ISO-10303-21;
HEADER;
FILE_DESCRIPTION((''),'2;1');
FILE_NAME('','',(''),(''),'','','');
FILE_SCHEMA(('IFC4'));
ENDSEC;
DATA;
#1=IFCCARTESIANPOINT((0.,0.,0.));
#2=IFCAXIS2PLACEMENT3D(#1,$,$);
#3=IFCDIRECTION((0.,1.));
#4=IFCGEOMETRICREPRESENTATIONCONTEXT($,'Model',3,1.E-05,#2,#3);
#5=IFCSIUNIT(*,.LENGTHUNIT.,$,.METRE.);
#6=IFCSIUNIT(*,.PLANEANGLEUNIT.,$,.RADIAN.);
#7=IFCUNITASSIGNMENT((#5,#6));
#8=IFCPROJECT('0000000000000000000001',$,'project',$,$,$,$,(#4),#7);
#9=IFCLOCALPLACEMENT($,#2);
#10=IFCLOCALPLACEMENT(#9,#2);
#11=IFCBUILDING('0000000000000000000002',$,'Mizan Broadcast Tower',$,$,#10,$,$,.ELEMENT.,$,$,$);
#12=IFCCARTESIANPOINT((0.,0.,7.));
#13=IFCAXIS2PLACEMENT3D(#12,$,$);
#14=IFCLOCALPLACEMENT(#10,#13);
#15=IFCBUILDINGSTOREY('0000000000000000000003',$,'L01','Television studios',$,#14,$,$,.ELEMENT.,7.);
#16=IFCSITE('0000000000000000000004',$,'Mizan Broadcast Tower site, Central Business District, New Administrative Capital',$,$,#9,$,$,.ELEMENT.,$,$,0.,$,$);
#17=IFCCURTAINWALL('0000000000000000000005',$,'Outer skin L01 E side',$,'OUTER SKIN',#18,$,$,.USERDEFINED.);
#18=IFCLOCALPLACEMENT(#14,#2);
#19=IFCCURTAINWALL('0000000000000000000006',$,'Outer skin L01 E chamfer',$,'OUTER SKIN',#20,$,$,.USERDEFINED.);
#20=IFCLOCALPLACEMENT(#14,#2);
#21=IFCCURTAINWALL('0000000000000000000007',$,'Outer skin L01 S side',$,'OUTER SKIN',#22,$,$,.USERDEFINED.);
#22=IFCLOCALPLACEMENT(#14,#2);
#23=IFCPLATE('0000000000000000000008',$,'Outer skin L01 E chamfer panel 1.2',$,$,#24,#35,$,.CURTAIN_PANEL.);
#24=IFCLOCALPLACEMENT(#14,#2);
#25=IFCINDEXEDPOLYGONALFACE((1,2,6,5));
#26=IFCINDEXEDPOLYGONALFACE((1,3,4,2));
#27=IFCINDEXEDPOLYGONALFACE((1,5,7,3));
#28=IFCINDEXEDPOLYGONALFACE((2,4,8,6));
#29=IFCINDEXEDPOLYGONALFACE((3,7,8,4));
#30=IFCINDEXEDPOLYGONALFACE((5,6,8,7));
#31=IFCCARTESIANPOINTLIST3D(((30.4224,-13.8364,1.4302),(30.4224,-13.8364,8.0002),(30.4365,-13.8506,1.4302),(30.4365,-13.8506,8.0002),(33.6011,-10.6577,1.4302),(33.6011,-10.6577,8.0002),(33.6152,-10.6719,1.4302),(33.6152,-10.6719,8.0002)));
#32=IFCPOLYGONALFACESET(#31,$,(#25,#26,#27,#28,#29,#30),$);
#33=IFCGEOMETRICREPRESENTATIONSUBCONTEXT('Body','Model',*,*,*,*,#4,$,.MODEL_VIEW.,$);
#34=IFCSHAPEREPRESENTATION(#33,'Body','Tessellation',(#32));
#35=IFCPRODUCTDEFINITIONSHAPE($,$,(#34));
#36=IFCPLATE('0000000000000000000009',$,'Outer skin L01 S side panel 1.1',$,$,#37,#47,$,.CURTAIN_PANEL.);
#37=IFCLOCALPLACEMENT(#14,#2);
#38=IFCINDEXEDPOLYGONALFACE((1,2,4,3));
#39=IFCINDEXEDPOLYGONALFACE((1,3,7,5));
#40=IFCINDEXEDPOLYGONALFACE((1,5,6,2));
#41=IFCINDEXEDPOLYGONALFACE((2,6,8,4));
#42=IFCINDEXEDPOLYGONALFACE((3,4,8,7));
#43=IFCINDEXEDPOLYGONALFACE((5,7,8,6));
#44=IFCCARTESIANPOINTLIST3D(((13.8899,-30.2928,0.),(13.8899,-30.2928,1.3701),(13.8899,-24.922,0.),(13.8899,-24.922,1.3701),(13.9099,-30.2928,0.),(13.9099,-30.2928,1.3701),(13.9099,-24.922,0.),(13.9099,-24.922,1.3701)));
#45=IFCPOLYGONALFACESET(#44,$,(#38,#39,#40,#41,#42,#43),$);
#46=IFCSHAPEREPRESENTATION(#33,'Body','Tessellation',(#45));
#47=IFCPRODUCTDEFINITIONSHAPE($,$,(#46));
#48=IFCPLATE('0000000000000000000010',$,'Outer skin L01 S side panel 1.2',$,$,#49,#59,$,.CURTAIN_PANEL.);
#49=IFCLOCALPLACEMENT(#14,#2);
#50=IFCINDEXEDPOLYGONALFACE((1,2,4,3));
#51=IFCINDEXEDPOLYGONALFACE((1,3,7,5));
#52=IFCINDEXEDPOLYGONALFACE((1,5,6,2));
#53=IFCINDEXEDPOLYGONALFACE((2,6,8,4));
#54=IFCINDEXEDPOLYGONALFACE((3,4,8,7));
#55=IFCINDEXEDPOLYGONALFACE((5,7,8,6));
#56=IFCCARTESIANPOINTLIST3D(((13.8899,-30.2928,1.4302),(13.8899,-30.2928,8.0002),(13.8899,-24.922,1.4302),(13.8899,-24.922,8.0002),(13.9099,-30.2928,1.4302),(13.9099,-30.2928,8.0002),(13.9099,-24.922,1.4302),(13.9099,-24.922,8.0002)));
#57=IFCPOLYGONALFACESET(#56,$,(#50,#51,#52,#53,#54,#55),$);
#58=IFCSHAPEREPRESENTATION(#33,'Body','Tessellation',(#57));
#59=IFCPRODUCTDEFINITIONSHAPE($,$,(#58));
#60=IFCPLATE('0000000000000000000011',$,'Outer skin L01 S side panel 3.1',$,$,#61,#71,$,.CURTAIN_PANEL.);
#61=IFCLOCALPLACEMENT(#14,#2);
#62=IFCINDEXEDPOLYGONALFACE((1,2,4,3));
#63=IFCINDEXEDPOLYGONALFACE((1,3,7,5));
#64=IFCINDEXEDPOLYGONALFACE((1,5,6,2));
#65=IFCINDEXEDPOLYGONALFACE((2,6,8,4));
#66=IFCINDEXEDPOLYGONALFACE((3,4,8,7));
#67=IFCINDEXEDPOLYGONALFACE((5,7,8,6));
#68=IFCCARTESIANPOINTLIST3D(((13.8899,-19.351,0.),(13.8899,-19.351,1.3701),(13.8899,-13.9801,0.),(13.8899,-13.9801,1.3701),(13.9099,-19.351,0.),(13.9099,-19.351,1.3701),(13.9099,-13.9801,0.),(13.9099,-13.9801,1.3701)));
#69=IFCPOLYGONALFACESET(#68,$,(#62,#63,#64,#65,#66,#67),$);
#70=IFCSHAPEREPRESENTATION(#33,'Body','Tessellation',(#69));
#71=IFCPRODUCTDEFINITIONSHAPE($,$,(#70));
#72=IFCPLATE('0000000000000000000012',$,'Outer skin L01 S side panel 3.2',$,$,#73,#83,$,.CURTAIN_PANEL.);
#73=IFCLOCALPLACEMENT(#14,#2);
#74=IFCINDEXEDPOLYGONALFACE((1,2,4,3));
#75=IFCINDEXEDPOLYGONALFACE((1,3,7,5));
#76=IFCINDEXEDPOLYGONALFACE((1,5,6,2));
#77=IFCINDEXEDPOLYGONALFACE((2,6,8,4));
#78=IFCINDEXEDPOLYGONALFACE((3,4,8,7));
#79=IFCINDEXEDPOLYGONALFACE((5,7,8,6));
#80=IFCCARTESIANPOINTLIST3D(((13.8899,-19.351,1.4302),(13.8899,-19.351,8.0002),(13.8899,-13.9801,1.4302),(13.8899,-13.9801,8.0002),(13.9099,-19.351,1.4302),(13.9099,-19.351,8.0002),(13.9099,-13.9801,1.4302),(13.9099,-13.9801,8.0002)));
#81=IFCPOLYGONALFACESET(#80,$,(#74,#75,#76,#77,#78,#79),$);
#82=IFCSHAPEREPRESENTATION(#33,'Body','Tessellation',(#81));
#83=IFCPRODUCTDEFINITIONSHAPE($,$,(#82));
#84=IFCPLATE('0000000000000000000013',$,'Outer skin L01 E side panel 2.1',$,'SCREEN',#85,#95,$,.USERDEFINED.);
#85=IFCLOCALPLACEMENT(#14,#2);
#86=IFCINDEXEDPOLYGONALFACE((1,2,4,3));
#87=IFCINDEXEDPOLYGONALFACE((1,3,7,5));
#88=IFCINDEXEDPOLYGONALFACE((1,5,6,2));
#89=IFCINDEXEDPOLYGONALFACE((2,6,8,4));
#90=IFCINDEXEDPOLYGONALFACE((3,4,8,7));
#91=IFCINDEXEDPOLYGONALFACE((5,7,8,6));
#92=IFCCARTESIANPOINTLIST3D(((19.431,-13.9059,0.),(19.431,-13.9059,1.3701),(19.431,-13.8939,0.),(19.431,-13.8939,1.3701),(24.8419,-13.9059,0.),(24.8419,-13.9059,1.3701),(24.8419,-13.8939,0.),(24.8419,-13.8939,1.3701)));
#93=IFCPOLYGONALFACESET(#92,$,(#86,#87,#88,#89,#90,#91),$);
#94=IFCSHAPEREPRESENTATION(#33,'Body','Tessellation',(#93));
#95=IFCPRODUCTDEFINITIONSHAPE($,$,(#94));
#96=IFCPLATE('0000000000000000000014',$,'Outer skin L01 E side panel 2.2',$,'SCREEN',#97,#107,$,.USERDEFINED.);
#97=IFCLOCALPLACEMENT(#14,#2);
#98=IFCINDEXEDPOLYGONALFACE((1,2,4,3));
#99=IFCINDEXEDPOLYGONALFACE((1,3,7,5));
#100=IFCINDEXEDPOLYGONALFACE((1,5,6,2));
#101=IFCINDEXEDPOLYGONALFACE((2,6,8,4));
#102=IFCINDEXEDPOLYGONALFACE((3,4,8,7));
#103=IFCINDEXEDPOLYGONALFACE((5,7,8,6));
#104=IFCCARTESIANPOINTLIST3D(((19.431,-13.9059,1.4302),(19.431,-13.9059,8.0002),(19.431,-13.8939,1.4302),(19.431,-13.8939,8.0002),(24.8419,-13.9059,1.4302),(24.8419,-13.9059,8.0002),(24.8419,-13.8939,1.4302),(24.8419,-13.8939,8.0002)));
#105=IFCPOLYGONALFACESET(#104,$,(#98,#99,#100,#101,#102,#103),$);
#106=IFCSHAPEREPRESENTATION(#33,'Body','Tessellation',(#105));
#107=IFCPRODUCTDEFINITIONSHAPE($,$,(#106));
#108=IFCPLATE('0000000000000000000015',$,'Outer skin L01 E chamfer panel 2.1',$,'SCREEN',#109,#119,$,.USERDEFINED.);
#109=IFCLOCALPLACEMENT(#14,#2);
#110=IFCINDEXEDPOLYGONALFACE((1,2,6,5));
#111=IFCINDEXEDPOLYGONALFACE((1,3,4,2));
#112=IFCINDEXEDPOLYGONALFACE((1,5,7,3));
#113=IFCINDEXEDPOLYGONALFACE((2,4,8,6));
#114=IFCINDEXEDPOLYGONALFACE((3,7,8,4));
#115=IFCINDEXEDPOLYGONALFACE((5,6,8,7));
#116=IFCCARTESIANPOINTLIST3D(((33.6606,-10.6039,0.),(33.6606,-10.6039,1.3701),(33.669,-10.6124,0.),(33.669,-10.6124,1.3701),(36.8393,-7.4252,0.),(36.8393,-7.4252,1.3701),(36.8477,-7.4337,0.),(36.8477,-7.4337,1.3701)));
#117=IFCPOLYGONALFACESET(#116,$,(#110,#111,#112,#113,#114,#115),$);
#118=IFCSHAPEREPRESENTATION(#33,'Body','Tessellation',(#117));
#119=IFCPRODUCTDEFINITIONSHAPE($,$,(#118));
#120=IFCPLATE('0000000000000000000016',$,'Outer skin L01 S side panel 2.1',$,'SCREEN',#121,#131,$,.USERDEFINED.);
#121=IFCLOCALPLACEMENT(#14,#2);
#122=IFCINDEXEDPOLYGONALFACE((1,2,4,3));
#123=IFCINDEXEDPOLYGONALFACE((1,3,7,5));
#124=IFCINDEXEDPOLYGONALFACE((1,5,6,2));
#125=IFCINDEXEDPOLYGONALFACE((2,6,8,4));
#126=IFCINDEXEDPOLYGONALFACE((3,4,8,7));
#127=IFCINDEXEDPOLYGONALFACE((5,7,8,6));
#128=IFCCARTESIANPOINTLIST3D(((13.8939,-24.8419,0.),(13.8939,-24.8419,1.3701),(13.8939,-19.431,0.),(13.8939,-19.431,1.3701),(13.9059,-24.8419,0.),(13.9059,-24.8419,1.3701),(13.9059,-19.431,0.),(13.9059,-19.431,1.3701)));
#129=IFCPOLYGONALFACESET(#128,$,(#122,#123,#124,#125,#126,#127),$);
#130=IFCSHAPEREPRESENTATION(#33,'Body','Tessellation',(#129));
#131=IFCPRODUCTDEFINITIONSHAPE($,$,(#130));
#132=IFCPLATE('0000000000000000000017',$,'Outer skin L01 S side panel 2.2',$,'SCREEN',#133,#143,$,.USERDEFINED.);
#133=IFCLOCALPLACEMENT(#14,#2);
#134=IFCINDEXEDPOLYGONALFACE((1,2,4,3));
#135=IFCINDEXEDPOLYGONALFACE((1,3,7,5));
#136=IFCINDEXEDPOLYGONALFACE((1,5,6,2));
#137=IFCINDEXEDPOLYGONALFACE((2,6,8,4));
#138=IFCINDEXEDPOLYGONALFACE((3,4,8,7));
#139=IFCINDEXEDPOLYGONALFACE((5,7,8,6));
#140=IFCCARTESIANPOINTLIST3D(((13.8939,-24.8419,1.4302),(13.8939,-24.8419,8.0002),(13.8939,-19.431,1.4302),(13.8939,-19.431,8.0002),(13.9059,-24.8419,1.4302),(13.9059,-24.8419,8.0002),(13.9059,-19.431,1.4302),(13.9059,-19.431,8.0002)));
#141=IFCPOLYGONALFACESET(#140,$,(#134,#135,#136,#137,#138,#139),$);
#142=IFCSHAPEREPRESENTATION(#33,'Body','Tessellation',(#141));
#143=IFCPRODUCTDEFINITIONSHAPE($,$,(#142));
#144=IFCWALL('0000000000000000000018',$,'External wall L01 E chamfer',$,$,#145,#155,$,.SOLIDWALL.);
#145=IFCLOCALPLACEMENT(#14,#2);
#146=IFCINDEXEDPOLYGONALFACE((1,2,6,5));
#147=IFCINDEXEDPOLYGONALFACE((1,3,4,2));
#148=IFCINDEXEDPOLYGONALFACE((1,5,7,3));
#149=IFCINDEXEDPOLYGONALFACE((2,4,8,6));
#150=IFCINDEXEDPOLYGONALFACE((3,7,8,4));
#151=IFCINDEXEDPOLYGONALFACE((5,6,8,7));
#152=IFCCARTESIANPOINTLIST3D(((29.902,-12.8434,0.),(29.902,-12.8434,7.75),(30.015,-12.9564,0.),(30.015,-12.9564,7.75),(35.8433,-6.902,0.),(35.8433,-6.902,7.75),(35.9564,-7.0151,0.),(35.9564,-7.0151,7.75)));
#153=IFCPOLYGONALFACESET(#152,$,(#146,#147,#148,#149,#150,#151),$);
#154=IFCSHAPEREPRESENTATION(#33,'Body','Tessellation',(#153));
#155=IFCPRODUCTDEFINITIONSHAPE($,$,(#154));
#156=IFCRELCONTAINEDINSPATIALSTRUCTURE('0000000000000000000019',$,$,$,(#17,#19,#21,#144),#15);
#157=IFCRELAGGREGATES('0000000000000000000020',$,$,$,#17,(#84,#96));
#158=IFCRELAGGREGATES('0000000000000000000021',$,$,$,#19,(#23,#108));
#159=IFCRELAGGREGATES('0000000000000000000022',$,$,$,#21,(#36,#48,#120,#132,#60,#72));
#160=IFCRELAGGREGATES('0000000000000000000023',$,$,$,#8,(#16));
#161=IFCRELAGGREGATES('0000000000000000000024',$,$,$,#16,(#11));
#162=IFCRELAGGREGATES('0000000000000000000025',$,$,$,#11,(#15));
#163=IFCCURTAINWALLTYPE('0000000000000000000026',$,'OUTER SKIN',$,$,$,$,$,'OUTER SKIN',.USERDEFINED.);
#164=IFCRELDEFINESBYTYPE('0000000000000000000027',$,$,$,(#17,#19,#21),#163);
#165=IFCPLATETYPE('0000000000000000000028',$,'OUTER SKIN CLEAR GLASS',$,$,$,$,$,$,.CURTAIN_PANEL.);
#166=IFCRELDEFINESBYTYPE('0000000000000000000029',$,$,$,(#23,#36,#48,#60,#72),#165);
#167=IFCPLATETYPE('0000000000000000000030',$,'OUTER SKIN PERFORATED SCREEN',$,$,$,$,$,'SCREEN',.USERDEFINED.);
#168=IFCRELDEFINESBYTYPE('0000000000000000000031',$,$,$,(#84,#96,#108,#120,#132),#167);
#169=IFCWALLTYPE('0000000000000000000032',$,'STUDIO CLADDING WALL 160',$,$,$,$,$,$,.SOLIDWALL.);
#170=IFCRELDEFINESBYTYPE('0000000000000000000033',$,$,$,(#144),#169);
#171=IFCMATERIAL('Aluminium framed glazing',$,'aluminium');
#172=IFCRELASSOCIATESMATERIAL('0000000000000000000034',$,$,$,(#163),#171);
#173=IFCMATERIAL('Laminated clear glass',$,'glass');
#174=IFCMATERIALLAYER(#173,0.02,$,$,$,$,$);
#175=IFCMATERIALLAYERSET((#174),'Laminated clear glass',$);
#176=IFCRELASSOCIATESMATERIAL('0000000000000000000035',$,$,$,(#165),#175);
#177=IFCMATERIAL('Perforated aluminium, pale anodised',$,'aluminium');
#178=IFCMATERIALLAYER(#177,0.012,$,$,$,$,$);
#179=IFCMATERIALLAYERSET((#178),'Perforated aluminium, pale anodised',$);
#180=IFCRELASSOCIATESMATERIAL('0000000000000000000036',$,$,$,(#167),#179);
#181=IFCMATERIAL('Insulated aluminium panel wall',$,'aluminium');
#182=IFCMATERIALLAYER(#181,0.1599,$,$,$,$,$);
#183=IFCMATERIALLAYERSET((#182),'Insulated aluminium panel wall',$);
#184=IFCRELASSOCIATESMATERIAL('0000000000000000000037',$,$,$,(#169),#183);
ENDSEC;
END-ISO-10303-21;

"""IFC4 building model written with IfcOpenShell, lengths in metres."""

from ifc_helpers import new_model, si_unit, direction, frame, frame_2d, origin, origin_2d, place, context, subcontext, project, spatial, rectangle, extrude, material, layer, layer_set, type_object, element, aggregate, save


model = new_model("IFC4")

# Units and contexts
model_context = context("Model", 3, precision=1e-05, world=origin(), true_north=direction((0.0, 1.0)))
body_context = subcontext(model_context, "Body", "Model", "MODEL_VIEW")
ifc_project = project(units=[si_unit("LENGTHUNIT", "METRE"), si_unit("PLANEANGLEUNIT", "RADIAN")], contexts=[model_context])

# Site, building, storey
site_placement = place(None, origin())
site = spatial("IfcSite", under=ifc_project, at=site_placement, Name="Mizan Broadcast Tower site, Central Business District, New Administrative Capital", CompositionType="ELEMENT", RefElevation=0.0)
building_placement = place(site_placement, origin())
building = spatial("IfcBuilding", under=site, at=building_placement, Name="Mizan Broadcast Tower", CompositionType="ELEMENT")
storey_placement = place(building_placement, frame((0.0, 0.0, 7.0)))
storey = spatial("IfcBuildingStorey", under=building, at=storey_placement, Name="L01", Description="Television studios", CompositionType="ELEMENT", Elevation=7.0)

# Curtain wall
ifc_material_1 = material(Name="Aluminium framed glazing", Category="aluminium")
curtain_wall_type = type_object("IfcCurtainWallType", Name="OUTER SKIN", ElementType="OUTER SKIN", PredefinedType="USERDEFINED", material=ifc_material_1)
curtain_wall_1_placement = place(storey_placement, origin())
curtain_wall_1 = element("IfcCurtainWall", 1, at=curtain_wall_1_placement, inside=storey, type_object=curtain_wall_type, Name="Outer skin L01 E side", ObjectType="OUTER SKIN", PredefinedType="USERDEFINED")

# Curtain wall
curtain_wall_2_placement = place(storey_placement, origin())
curtain_wall_2 = element("IfcCurtainWall", 2, at=curtain_wall_2_placement, inside=storey, type_object=curtain_wall_type, Name="Outer skin L01 E chamfer", ObjectType="OUTER SKIN", PredefinedType="USERDEFINED")

# Curtain wall
curtain_wall_3_placement = place(storey_placement, origin())
curtain_wall_3 = element("IfcCurtainWall", 3, at=curtain_wall_3_placement, inside=storey, type_object=curtain_wall_type, Name="Outer skin L01 S side", ObjectType="OUTER SKIN", PredefinedType="USERDEFINED")

# Plates
ifc_material_2 = material(Name="Laminated clear glass", Category="glass")
ifc_layer_1 = layer(ifc_material_2, 0.02)
ifc_layer_set_1 = layer_set([ifc_layer_1], Name="Laminated clear glass")
plate_type_1 = type_object("IfcPlateType", Name="OUTER SKIN CLEAR GLASS", PredefinedType="CURTAIN_PANEL", material=ifc_layer_set_1)
plate_1_placement = place(storey_placement, frame((32.0188, -12.2542, 1.4302), z_axis=(0.0, 0.0, 1.0), x_axis=(0.707107, 0.707107, 0.0)))
plate_1 = element("IfcPlate", 4, at=plate_1_placement, type_object=plate_type_1, Name="Outer skin L01 E chamfer panel 1.2", PredefinedType="CURTAIN_PANEL", context=body_context, shape_type="SweptSolid", body=[
    extrude(rectangle(XDim=4.4954, YDim=0.02, at=origin_2d()), origin(), (0.0, 0.0, 1.0), 6.5701),
])
plate_2_placement = place(storey_placement, frame((13.8999, -27.6074, 0.0), z_axis=(0.0, 0.0, 1.0), x_axis=(0.0, 1.0, 0.0)))
plate_2 = element("IfcPlate", 5, at=plate_2_placement, type_object=plate_type_1, Name="Outer skin L01 S side panel 1.1", PredefinedType="CURTAIN_PANEL", context=body_context, shape_type="SweptSolid", body=[
    extrude(rectangle(XDim=5.3708, YDim=0.02, at=origin_2d()), origin(), (0.0, 0.0, 1.0), 1.3701),
])
plate_3_placement = place(storey_placement, frame((13.8999, -27.6074, 1.4302), z_axis=(0.0, 0.0, 1.0), x_axis=(0.0, 1.0, 0.0)))
plate_3 = element("IfcPlate", 6, at=plate_3_placement, type_object=plate_type_1, Name="Outer skin L01 S side panel 1.2", PredefinedType="CURTAIN_PANEL", context=body_context, shape_type="SweptSolid", body=[
    extrude(rectangle(XDim=5.3708, YDim=0.02, at=origin_2d()), origin(), (0.0, 0.0, 1.0), 6.5701),
])
plate_4_placement = place(storey_placement, frame((13.8999, -16.6655, 0.0), z_axis=(0.0, 0.0, 1.0), x_axis=(0.0, 1.0, 0.0)))
plate_4 = element("IfcPlate", 7, at=plate_4_placement, type_object=plate_type_1, Name="Outer skin L01 S side panel 3.1", PredefinedType="CURTAIN_PANEL", context=body_context, shape_type="SweptSolid", body=[
    extrude(rectangle(XDim=5.3708, YDim=0.02, at=origin_2d()), origin(), (0.0, 0.0, 1.0), 1.3701),
])
plate_5_placement = place(storey_placement, frame((13.8999, -16.6655, 1.4302), z_axis=(0.0, 0.0, 1.0), x_axis=(0.0, 1.0, 0.0)))
plate_5 = element("IfcPlate", 8, at=plate_5_placement, type_object=plate_type_1, Name="Outer skin L01 S side panel 3.2", PredefinedType="CURTAIN_PANEL", context=body_context, shape_type="SweptSolid", body=[
    extrude(rectangle(XDim=5.3708, YDim=0.02, at=origin_2d()), origin(), (0.0, 0.0, 1.0), 6.5701),
])
ifc_material_3 = material(Name="Perforated aluminium, pale anodised", Category="aluminium")
ifc_layer_2 = layer(ifc_material_3, 0.012)
ifc_layer_set_2 = layer_set([ifc_layer_2], Name="Perforated aluminium, pale anodised")
plate_type_2 = type_object("IfcPlateType", Name="OUTER SKIN PERFORATED SCREEN", ElementType="SCREEN", PredefinedType="USERDEFINED", material=ifc_layer_set_2)
plate_6_placement = place(storey_placement, frame((22.1365, -13.8999, 0.0), z_axis=(0.0, 0.0, 1.0), x_axis=(1.0, 0.0, 0.0)))
plate_6 = element("IfcPlate", 9, at=plate_6_placement, type_object=plate_type_2, Name="Outer skin L01 E side panel 2.1", ObjectType="SCREEN", PredefinedType="USERDEFINED", context=body_context, shape_type="SweptSolid", body=[
    extrude(rectangle(XDim=5.4109, YDim=0.012, at=origin_2d()), origin(), (0.0, 0.0, 1.0), 1.3701),
])
plate_7_placement = place(storey_placement, frame((22.1365, -13.8999, 1.4302), z_axis=(0.0, 0.0, 1.0), x_axis=(1.0, 0.0, 0.0)))
plate_7 = element("IfcPlate", 10, at=plate_7_placement, type_object=plate_type_2, Name="Outer skin L01 E side panel 2.2", ObjectType="SCREEN", PredefinedType="USERDEFINED", context=body_context, shape_type="SweptSolid", body=[
    extrude(rectangle(XDim=5.4109, YDim=0.012, at=origin_2d()), origin(), (0.0, 0.0, 1.0), 6.5701),
])
aggregate(curtain_wall_1, [plate_6, plate_7])
plate_8_placement = place(storey_placement, frame((35.2542, -9.0188, 0.0), z_axis=(0.0, 0.0, 1.0), x_axis=(0.707107, 0.707107, 0.0)))
plate_8 = element("IfcPlate", 11, at=plate_8_placement, type_object=plate_type_2, Name="Outer skin L01 E chamfer panel 2.1", ObjectType="SCREEN", PredefinedType="USERDEFINED", context=body_context, shape_type="SweptSolid", body=[
    extrude(rectangle(XDim=4.4954, YDim=0.012, at=origin_2d()), origin(), (0.0, 0.0, 1.0), 1.3701),
])
aggregate(curtain_wall_2, [plate_1, plate_8])
plate_9_placement = place(storey_placement, frame((13.8999, -22.1365, 0.0), z_axis=(0.0, 0.0, 1.0), x_axis=(0.0, 1.0, 0.0)))
plate_9 = element("IfcPlate", 12, at=plate_9_placement, type_object=plate_type_2, Name="Outer skin L01 S side panel 2.1", ObjectType="SCREEN", PredefinedType="USERDEFINED", context=body_context, shape_type="SweptSolid", body=[
    extrude(rectangle(XDim=5.4109, YDim=0.012, at=origin_2d()), origin(), (0.0, 0.0, 1.0), 1.3701),
])
plate_10_placement = place(storey_placement, frame((13.8999, -22.1365, 1.4302), z_axis=(0.0, 0.0, 1.0), x_axis=(0.0, 1.0, 0.0)))
plate_10 = element("IfcPlate", 13, at=plate_10_placement, type_object=plate_type_2, Name="Outer skin L01 S side panel 2.2", ObjectType="SCREEN", PredefinedType="USERDEFINED", context=body_context, shape_type="SweptSolid", body=[
    extrude(rectangle(XDim=5.4109, YDim=0.012, at=origin_2d()), origin(), (0.0, 0.0, 1.0), 6.5701),
])
aggregate(curtain_wall_3, [plate_2, plate_3, plate_9, plate_10, plate_4, plate_5])

# Wall
ifc_material_4 = material(Name="Insulated aluminium panel wall", Category="aluminium")
ifc_layer_3 = layer(ifc_material_4, 0.1599)
ifc_layer_set_3 = layer_set([ifc_layer_3], Name="Insulated aluminium panel wall")
wall_type = type_object("IfcWallType", Name="STUDIO CLADDING WALL 160", PredefinedType="SOLIDWALL", material=ifc_layer_set_3)
wall_placement = place(storey_placement, frame((29.9585, -12.8999, 0.0), z_axis=(0.0, 0.0, 1.0), x_axis=(0.707107, 0.707107, 0.0)))
element("IfcWall", 14, at=wall_placement, inside=storey, type_object=wall_type, Name="External wall L01 E chamfer", PredefinedType="SOLIDWALL", context=body_context, shape_type="SweptSolid", body=[
    extrude(rectangle(XDim=8.4023, YDim=0.1599, at=frame_2d((4.2012, 0.0))), origin(), (0.0, 0.0, 1.0), 7.75),
])

save(model, "model.ifc")
